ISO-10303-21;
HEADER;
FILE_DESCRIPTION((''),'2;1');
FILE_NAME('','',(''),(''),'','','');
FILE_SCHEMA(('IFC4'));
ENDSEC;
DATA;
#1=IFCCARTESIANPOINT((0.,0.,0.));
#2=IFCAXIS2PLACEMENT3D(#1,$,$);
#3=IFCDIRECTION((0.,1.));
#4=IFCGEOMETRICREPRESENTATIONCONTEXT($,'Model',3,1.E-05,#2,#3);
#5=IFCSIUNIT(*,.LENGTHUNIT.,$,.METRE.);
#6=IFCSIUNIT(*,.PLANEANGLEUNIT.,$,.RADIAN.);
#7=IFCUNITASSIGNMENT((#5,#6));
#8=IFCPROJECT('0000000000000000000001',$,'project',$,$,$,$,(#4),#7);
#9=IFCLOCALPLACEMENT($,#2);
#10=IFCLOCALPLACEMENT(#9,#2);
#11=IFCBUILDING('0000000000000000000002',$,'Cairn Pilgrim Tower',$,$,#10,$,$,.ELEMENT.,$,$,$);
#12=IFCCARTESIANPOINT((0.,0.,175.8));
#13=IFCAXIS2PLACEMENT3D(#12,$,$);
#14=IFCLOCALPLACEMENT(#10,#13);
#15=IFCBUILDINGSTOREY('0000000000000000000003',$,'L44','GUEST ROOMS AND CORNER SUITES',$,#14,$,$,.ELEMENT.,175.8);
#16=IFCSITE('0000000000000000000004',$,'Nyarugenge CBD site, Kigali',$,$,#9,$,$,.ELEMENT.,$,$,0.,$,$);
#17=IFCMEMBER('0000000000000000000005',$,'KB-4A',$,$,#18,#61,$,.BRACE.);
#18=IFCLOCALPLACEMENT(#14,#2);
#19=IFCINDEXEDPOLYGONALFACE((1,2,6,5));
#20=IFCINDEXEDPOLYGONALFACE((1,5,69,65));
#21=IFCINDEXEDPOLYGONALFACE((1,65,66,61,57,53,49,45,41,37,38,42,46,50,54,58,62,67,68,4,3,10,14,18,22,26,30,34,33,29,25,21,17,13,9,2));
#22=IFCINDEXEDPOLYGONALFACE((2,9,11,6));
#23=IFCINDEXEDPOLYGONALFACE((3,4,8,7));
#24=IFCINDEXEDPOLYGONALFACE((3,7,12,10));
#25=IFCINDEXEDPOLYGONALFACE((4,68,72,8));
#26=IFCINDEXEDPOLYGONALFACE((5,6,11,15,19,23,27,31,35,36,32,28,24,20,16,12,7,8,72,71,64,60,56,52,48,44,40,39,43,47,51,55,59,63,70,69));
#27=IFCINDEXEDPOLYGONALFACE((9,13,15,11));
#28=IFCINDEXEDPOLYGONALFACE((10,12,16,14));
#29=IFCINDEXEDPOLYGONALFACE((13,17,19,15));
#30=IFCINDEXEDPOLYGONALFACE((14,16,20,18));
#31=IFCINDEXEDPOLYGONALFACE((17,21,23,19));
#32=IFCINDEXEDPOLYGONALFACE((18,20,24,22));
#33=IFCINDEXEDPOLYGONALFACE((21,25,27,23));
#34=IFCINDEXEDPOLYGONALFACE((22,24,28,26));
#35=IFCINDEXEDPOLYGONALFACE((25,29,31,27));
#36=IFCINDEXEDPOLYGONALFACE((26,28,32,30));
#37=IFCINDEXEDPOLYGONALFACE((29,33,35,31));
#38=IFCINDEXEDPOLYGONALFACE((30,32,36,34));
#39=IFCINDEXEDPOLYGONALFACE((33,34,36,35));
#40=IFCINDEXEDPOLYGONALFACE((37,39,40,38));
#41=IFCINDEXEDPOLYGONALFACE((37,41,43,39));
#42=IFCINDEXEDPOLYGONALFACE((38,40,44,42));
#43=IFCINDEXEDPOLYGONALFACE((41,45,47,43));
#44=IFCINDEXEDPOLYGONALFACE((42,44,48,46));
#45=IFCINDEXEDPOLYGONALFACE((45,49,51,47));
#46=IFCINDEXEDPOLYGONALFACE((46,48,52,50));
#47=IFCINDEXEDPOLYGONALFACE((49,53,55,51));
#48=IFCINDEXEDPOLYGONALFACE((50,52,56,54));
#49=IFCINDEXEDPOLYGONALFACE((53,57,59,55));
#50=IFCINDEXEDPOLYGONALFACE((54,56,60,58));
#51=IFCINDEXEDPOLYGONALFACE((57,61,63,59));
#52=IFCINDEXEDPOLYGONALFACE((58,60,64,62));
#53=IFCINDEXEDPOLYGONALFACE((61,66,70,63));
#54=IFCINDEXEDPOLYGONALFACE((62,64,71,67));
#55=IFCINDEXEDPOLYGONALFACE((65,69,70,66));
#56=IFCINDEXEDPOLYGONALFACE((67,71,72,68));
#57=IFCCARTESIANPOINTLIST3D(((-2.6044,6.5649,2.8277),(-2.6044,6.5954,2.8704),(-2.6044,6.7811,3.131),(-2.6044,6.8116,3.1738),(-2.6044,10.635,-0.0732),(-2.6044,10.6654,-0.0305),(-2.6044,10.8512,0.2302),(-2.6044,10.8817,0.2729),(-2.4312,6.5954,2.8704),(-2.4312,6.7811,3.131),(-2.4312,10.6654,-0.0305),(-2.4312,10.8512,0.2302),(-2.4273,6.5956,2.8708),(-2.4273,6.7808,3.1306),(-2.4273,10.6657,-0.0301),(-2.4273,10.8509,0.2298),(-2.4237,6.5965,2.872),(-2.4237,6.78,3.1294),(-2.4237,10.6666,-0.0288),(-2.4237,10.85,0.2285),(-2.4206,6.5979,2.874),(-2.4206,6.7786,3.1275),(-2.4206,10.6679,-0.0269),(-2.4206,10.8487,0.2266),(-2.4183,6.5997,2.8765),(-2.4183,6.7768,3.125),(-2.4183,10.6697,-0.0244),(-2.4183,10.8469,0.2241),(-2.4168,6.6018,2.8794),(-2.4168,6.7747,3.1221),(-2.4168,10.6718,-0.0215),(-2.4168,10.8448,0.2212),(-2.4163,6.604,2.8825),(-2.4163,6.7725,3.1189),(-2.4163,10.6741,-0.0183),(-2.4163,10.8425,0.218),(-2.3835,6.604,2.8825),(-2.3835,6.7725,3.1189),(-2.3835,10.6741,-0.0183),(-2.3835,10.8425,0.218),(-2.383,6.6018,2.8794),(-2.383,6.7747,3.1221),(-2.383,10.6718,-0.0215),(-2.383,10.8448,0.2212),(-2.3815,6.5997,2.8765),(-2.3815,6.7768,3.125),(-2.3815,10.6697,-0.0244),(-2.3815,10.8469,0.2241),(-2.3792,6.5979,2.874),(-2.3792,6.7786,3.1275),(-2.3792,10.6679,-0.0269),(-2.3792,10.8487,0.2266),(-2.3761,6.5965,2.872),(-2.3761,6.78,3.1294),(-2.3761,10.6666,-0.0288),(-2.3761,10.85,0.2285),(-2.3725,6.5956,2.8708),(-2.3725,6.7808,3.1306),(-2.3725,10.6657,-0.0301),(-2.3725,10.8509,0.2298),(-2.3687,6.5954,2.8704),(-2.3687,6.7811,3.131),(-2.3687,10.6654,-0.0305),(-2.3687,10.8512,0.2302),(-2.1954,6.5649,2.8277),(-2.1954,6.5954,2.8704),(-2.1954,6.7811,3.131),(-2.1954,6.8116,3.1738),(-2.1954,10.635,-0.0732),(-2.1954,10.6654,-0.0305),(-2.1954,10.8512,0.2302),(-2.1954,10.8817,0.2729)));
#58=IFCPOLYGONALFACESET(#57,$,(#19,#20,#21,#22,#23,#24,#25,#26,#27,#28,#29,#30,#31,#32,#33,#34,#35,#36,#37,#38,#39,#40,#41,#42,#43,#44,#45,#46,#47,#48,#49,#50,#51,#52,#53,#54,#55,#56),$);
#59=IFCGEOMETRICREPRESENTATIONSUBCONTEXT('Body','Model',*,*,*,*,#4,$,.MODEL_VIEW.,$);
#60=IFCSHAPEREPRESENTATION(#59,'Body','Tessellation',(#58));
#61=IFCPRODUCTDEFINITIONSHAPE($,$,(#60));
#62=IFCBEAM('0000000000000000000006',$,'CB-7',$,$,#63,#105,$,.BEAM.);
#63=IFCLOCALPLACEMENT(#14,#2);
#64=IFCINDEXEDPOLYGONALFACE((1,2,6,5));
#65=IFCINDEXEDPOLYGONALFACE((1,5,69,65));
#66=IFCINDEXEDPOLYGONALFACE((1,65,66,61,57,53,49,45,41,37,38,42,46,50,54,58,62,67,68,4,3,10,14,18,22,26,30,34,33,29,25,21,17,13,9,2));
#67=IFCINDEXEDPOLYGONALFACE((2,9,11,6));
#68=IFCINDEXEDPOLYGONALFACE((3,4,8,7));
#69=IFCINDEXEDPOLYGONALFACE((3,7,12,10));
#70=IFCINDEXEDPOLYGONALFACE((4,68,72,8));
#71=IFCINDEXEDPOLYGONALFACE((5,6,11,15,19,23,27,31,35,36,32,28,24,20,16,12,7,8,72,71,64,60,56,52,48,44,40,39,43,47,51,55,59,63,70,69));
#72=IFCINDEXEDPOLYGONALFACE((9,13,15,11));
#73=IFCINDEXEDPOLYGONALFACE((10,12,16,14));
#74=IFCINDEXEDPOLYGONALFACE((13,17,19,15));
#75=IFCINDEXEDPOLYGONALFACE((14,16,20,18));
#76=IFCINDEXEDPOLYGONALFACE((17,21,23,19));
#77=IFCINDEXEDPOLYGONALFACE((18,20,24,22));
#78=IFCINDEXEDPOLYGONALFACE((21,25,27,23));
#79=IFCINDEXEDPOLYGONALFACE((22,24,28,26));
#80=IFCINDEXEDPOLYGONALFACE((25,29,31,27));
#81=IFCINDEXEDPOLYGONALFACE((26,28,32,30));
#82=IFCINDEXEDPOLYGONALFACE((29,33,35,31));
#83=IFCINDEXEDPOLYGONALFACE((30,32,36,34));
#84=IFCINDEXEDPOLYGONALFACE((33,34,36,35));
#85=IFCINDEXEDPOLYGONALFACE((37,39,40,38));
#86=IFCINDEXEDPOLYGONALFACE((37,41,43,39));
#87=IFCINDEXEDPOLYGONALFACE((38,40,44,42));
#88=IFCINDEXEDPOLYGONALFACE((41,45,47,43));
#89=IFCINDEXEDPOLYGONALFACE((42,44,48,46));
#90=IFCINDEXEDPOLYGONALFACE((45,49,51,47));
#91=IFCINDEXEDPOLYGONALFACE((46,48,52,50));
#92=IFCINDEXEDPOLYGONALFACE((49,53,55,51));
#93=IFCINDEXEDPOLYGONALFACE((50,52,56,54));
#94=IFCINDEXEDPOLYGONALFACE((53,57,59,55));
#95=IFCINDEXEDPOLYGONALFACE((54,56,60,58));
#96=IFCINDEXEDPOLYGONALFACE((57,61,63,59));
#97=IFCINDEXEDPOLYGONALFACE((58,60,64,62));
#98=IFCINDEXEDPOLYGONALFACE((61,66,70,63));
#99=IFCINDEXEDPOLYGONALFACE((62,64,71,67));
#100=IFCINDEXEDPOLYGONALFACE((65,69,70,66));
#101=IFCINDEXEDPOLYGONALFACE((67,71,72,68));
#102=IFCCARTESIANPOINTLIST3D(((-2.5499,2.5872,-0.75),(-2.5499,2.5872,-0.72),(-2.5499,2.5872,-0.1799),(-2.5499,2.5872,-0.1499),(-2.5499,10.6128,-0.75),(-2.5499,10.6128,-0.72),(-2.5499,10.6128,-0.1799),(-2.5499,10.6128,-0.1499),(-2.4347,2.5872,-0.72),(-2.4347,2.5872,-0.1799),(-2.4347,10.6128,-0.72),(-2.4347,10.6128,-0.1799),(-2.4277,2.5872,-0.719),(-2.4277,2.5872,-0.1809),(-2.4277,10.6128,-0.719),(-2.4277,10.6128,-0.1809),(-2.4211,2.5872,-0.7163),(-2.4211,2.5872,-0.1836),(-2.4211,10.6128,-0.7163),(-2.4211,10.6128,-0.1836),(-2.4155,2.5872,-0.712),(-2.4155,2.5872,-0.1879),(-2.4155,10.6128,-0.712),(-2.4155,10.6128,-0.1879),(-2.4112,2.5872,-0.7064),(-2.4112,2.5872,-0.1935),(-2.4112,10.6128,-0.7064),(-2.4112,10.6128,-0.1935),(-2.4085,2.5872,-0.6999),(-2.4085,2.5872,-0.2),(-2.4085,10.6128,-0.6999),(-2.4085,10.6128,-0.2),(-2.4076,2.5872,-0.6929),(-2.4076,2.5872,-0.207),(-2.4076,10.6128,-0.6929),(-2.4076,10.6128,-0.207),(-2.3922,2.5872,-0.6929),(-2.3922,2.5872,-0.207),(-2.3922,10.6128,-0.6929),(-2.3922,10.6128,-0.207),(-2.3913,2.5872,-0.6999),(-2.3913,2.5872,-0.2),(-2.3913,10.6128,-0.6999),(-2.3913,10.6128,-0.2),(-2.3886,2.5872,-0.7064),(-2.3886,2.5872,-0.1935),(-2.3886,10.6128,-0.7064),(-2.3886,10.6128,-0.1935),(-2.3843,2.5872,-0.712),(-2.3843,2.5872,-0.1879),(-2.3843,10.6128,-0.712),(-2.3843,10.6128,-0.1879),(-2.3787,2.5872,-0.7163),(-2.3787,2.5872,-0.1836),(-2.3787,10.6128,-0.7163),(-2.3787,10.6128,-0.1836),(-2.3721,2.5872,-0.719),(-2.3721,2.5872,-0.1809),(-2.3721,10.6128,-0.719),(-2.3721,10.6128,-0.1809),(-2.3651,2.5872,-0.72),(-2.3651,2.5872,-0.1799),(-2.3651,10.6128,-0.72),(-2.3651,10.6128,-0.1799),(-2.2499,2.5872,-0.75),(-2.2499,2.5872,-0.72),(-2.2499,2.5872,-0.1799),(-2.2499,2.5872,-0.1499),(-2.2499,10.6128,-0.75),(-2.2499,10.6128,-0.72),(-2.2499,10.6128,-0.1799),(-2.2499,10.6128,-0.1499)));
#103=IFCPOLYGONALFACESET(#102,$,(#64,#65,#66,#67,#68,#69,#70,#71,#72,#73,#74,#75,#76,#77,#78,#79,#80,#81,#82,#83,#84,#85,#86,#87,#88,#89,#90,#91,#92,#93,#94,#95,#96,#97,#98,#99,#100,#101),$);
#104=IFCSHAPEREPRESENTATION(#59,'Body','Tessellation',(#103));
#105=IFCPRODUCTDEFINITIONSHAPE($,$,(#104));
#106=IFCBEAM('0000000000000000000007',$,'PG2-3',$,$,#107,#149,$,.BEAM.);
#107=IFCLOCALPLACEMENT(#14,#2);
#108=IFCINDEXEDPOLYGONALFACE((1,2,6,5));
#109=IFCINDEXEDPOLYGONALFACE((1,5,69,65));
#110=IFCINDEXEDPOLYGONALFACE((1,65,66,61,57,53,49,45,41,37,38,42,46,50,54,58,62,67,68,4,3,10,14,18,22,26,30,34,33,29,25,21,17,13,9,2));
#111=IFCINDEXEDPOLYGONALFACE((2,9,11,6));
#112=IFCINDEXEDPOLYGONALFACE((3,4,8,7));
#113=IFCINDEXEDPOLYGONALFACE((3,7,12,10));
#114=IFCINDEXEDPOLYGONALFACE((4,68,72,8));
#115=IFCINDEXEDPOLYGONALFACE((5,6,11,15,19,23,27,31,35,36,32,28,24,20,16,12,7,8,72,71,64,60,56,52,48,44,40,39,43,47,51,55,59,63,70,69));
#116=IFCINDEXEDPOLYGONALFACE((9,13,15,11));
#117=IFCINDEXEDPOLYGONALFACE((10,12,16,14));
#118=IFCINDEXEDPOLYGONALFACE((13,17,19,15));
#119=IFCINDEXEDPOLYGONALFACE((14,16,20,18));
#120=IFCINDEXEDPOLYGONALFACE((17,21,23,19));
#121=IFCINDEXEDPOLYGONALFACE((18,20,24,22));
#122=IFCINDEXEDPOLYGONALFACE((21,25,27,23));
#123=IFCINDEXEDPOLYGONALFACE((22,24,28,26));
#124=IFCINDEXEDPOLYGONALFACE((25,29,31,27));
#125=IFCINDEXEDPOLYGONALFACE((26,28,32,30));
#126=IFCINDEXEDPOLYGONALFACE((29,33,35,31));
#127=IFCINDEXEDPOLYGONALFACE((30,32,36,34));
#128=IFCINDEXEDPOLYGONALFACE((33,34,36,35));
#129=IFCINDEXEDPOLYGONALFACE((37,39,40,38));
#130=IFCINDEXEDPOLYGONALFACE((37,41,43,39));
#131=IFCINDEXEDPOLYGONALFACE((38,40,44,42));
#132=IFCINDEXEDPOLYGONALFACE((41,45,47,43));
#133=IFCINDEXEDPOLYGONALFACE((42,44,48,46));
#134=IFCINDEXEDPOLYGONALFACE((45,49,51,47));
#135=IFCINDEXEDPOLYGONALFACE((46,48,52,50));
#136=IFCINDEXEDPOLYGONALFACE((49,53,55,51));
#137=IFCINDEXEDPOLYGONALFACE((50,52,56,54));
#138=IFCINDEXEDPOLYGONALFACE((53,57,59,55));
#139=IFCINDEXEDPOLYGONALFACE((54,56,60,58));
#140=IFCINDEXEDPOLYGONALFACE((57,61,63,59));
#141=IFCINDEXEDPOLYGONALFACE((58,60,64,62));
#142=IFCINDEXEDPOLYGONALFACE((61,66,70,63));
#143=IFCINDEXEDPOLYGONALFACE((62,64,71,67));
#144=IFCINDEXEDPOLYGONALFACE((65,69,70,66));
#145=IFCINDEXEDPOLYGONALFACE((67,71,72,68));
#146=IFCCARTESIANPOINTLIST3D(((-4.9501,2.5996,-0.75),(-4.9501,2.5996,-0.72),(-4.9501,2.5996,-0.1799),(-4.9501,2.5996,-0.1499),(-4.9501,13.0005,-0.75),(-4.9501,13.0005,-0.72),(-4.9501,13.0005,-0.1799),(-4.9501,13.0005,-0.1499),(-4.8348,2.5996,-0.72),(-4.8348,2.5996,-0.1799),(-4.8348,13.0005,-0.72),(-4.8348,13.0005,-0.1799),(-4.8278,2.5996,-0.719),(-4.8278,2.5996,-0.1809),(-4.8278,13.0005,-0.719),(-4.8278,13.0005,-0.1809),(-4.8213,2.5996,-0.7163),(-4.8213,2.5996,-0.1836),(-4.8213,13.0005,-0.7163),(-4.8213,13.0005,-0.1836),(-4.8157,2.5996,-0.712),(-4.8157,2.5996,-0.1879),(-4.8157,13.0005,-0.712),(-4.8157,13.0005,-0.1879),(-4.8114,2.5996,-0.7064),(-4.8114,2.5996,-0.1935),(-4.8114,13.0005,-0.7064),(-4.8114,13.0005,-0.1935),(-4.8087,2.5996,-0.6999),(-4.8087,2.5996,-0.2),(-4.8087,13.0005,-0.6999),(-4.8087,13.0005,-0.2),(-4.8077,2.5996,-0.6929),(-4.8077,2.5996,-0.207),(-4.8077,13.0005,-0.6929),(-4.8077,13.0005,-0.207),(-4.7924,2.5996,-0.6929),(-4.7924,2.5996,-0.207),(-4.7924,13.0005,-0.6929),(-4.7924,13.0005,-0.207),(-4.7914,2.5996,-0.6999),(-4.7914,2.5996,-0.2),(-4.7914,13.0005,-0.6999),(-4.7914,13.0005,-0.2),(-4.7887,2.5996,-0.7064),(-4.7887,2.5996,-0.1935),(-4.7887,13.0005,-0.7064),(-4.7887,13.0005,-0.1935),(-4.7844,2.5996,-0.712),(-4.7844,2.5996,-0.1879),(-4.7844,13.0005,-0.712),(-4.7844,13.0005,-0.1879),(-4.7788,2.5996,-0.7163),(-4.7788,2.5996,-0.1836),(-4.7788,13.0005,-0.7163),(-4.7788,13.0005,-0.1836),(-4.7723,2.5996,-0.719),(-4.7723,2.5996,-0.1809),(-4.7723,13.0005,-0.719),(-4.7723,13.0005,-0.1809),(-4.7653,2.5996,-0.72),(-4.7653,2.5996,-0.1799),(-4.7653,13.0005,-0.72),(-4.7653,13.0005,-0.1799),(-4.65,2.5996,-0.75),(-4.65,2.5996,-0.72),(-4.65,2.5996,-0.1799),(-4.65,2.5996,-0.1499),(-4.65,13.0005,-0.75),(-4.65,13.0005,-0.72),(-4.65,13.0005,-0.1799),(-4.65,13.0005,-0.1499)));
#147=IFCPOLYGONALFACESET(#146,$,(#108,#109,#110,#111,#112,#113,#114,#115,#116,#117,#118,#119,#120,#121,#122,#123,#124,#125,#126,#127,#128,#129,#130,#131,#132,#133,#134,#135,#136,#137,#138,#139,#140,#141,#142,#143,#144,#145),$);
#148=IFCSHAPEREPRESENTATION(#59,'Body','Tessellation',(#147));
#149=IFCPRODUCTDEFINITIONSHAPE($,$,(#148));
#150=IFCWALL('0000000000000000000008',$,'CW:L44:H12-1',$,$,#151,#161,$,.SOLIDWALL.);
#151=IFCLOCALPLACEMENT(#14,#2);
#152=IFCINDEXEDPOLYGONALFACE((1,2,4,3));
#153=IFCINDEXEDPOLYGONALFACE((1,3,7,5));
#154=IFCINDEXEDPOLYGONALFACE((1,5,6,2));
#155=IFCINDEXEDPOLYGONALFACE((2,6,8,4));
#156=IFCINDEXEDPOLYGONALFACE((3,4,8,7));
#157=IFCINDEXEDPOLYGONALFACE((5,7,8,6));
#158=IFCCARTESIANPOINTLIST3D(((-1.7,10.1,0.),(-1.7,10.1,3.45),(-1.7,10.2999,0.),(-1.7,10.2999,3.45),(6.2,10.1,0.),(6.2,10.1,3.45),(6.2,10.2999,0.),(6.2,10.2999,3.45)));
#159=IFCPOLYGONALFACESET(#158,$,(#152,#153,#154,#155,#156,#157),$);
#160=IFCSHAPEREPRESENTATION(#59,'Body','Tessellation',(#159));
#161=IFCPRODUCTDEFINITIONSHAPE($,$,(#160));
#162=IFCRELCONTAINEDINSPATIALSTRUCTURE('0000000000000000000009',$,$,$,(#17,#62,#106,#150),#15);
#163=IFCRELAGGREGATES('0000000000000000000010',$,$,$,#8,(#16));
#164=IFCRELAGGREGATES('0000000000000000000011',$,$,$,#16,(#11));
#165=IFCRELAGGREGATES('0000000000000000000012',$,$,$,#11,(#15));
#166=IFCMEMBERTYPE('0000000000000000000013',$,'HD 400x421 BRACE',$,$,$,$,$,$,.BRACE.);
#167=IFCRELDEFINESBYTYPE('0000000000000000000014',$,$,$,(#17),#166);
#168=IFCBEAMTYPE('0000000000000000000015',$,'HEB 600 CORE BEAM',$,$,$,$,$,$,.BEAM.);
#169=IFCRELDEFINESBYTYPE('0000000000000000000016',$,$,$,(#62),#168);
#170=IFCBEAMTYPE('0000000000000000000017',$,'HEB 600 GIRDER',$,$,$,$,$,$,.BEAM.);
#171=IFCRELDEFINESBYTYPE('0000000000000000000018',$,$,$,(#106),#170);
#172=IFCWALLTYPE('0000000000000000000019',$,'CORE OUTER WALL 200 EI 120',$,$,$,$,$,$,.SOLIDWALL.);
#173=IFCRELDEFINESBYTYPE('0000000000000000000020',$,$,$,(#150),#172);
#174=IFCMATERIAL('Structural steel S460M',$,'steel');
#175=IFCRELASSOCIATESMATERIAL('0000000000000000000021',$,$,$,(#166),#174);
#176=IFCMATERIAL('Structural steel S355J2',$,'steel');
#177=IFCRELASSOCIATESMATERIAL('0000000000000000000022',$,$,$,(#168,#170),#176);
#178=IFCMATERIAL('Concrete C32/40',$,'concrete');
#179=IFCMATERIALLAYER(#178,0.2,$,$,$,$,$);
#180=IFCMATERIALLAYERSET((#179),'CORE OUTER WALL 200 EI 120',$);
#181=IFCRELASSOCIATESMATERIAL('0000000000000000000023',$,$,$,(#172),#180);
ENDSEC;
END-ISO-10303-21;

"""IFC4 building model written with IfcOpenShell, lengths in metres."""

from ifc_helpers import new_model, si_unit, direction, frame, frame_2d, origin, origin_2d, place, context, subcontext, project, spatial, rectangle, i_section, extrude, material, layer, layer_set, material_profile, profile_set, type_object, element, save


model = new_model("IFC4")

# Units and contexts
model_context = context("Model", 3, precision=1e-05, world=origin(), true_north=direction((0.0, 1.0)))
body_context = subcontext(model_context, "Body", "Model", "MODEL_VIEW")
ifc_project = project(units=[si_unit("LENGTHUNIT", "METRE"), si_unit("PLANEANGLEUNIT", "RADIAN")], contexts=[model_context])

# Site, building, storey
site_placement = place(None, origin())
site = spatial("IfcSite", under=ifc_project, at=site_placement, Name="Nyarugenge CBD site, Kigali", CompositionType="ELEMENT", RefElevation=0.0)
building_placement = place(site_placement, origin())
building = spatial("IfcBuilding", under=site, at=building_placement, Name="Cairn Pilgrim Tower", CompositionType="ELEMENT")
storey_placement = place(building_placement, frame((0.0, 0.0, 175.8)))
storey = spatial("IfcBuildingStorey", under=building, at=storey_placement, Name="L44", Description="GUEST ROOMS AND CORNER SUITES", CompositionType="ELEMENT", Elevation=175.8)

# Member
ifc_material_1 = material(Name="Structural steel S460M", Category="steel")
ifc_material_profile_1 = material_profile(ifc_material_1, i_section(OverallWidth=0.4089, OverallDepth=0.425, WebThickness=0.0327, FlangeThickness=0.0525, FilletRadius=0.0149, at=origin_2d()), Name="HD 400x421")
ifc_profile_set_1 = profile_set([ifc_material_profile_1], Name="Structural steel S460M")
member_type = type_object("IfcMemberType", Name="HD 400x421 BRACE", PredefinedType="BRACE", material=ifc_profile_set_1)
member_placement = place(storey_placement, frame((-2.3999, 10.7583, 0.0999), z_axis=(0.0, -0.81433, 0.580402), x_axis=(1.0, 0.0, 0.0)))
element("IfcMember", 1, at=member_placement, inside=storey, type_object=member_type, Name="KB-4A", PredefinedType="BRACE", context=body_context, shape_type="SweptSolid", body=[
    extrude(i_section(OverallWidth=0.4089, OverallDepth=0.425, WebThickness=0.0327, FlangeThickness=0.0525, FilletRadius=0.0149, at=origin_2d()), origin(), (0.0, 0.0, 1.0), 4.998),
])

# Beams
ifc_material_2 = material(Name="Structural steel S355J2", Category="steel")
ifc_material_profile_2 = material_profile(ifc_material_2, i_section(OverallWidth=0.3, OverallDepth=0.6001, WebThickness=0.0154, FlangeThickness=0.03, FilletRadius=0.0271, at=origin_2d()), Name="HEB 600")
ifc_profile_set_2 = profile_set([ifc_material_profile_2], Name="Structural steel S355J2")
beam_type_1 = type_object("IfcBeamType", Name="HEB 600 CORE BEAM", PredefinedType="BEAM", material=ifc_profile_set_2)
beam_1_placement = place(storey_placement, frame((-2.3999, 10.6128, -0.45), z_axis=(0.0, -1.0, 0.0), x_axis=(1.0, 0.0, 0.0)))
element("IfcBeam", 2, at=beam_1_placement, inside=storey, type_object=beam_type_1, Name="CB-7", PredefinedType="BEAM", context=body_context, shape_type="SweptSolid", body=[
    extrude(i_section(OverallWidth=0.3, OverallDepth=0.6001, WebThickness=0.0154, FlangeThickness=0.03, FilletRadius=0.0271, at=origin_2d()), origin(), (0.0, 0.0, 1.0), 8.0256),
])
ifc_material_profile_3 = material_profile(ifc_material_2, i_section(OverallWidth=0.3, OverallDepth=0.6001, WebThickness=0.0154, FlangeThickness=0.03, FilletRadius=0.0271, at=origin_2d()), Name="HEB 600")
ifc_profile_set_3 = profile_set([ifc_material_profile_3], Name="Structural steel S355J2")
beam_type_2 = type_object("IfcBeamType", Name="HEB 600 GIRDER", PredefinedType="BEAM", material=ifc_profile_set_3)
beam_2_placement = place(storey_placement, frame((-4.8, 2.5996, -0.45), z_axis=(0.0, 1.0, 0.0), x_axis=(-1.0, 0.0, 0.0)))
element("IfcBeam", 3, at=beam_2_placement, inside=storey, type_object=beam_type_2, Name="PG2-3", PredefinedType="BEAM", context=body_context, shape_type="SweptSolid", body=[
    extrude(i_section(OverallWidth=0.3, OverallDepth=0.6001, WebThickness=0.0154, FlangeThickness=0.03, FilletRadius=0.0271, at=origin_2d()), origin(), (0.0, 0.0, 1.0), 10.4009),
])

# Wall
ifc_material_3 = material(Name="Concrete C32/40", Category="concrete")
ifc_layer_1 = layer(ifc_material_3, 0.2)
ifc_layer_set_1 = layer_set([ifc_layer_1], Name="CORE OUTER WALL 200 EI 120")
wall_type_1 = type_object("IfcWallType", Name="CORE OUTER WALL 200 EI 120", PredefinedType="SOLIDWALL", material=ifc_layer_set_1)
wall_1_placement = place(storey_placement, frame((-1.7, 10.2, 0.0), z_axis=(0.0, 0.0, 1.0), x_axis=(1.0, 0.0, 0.0)))
element("IfcWall", 4, at=wall_1_placement, inside=storey, type_object=wall_type_1, Name="CW:L44:H12-1", PredefinedType="SOLIDWALL", context=body_context, shape_type="SweptSolid", body=[
    extrude(rectangle(XDim=7.8999, YDim=0.2, at=frame_2d((3.95, 0.0))), origin(), (0.0, 0.0, 1.0), 3.45),
])

save(model, "model.ifc")
